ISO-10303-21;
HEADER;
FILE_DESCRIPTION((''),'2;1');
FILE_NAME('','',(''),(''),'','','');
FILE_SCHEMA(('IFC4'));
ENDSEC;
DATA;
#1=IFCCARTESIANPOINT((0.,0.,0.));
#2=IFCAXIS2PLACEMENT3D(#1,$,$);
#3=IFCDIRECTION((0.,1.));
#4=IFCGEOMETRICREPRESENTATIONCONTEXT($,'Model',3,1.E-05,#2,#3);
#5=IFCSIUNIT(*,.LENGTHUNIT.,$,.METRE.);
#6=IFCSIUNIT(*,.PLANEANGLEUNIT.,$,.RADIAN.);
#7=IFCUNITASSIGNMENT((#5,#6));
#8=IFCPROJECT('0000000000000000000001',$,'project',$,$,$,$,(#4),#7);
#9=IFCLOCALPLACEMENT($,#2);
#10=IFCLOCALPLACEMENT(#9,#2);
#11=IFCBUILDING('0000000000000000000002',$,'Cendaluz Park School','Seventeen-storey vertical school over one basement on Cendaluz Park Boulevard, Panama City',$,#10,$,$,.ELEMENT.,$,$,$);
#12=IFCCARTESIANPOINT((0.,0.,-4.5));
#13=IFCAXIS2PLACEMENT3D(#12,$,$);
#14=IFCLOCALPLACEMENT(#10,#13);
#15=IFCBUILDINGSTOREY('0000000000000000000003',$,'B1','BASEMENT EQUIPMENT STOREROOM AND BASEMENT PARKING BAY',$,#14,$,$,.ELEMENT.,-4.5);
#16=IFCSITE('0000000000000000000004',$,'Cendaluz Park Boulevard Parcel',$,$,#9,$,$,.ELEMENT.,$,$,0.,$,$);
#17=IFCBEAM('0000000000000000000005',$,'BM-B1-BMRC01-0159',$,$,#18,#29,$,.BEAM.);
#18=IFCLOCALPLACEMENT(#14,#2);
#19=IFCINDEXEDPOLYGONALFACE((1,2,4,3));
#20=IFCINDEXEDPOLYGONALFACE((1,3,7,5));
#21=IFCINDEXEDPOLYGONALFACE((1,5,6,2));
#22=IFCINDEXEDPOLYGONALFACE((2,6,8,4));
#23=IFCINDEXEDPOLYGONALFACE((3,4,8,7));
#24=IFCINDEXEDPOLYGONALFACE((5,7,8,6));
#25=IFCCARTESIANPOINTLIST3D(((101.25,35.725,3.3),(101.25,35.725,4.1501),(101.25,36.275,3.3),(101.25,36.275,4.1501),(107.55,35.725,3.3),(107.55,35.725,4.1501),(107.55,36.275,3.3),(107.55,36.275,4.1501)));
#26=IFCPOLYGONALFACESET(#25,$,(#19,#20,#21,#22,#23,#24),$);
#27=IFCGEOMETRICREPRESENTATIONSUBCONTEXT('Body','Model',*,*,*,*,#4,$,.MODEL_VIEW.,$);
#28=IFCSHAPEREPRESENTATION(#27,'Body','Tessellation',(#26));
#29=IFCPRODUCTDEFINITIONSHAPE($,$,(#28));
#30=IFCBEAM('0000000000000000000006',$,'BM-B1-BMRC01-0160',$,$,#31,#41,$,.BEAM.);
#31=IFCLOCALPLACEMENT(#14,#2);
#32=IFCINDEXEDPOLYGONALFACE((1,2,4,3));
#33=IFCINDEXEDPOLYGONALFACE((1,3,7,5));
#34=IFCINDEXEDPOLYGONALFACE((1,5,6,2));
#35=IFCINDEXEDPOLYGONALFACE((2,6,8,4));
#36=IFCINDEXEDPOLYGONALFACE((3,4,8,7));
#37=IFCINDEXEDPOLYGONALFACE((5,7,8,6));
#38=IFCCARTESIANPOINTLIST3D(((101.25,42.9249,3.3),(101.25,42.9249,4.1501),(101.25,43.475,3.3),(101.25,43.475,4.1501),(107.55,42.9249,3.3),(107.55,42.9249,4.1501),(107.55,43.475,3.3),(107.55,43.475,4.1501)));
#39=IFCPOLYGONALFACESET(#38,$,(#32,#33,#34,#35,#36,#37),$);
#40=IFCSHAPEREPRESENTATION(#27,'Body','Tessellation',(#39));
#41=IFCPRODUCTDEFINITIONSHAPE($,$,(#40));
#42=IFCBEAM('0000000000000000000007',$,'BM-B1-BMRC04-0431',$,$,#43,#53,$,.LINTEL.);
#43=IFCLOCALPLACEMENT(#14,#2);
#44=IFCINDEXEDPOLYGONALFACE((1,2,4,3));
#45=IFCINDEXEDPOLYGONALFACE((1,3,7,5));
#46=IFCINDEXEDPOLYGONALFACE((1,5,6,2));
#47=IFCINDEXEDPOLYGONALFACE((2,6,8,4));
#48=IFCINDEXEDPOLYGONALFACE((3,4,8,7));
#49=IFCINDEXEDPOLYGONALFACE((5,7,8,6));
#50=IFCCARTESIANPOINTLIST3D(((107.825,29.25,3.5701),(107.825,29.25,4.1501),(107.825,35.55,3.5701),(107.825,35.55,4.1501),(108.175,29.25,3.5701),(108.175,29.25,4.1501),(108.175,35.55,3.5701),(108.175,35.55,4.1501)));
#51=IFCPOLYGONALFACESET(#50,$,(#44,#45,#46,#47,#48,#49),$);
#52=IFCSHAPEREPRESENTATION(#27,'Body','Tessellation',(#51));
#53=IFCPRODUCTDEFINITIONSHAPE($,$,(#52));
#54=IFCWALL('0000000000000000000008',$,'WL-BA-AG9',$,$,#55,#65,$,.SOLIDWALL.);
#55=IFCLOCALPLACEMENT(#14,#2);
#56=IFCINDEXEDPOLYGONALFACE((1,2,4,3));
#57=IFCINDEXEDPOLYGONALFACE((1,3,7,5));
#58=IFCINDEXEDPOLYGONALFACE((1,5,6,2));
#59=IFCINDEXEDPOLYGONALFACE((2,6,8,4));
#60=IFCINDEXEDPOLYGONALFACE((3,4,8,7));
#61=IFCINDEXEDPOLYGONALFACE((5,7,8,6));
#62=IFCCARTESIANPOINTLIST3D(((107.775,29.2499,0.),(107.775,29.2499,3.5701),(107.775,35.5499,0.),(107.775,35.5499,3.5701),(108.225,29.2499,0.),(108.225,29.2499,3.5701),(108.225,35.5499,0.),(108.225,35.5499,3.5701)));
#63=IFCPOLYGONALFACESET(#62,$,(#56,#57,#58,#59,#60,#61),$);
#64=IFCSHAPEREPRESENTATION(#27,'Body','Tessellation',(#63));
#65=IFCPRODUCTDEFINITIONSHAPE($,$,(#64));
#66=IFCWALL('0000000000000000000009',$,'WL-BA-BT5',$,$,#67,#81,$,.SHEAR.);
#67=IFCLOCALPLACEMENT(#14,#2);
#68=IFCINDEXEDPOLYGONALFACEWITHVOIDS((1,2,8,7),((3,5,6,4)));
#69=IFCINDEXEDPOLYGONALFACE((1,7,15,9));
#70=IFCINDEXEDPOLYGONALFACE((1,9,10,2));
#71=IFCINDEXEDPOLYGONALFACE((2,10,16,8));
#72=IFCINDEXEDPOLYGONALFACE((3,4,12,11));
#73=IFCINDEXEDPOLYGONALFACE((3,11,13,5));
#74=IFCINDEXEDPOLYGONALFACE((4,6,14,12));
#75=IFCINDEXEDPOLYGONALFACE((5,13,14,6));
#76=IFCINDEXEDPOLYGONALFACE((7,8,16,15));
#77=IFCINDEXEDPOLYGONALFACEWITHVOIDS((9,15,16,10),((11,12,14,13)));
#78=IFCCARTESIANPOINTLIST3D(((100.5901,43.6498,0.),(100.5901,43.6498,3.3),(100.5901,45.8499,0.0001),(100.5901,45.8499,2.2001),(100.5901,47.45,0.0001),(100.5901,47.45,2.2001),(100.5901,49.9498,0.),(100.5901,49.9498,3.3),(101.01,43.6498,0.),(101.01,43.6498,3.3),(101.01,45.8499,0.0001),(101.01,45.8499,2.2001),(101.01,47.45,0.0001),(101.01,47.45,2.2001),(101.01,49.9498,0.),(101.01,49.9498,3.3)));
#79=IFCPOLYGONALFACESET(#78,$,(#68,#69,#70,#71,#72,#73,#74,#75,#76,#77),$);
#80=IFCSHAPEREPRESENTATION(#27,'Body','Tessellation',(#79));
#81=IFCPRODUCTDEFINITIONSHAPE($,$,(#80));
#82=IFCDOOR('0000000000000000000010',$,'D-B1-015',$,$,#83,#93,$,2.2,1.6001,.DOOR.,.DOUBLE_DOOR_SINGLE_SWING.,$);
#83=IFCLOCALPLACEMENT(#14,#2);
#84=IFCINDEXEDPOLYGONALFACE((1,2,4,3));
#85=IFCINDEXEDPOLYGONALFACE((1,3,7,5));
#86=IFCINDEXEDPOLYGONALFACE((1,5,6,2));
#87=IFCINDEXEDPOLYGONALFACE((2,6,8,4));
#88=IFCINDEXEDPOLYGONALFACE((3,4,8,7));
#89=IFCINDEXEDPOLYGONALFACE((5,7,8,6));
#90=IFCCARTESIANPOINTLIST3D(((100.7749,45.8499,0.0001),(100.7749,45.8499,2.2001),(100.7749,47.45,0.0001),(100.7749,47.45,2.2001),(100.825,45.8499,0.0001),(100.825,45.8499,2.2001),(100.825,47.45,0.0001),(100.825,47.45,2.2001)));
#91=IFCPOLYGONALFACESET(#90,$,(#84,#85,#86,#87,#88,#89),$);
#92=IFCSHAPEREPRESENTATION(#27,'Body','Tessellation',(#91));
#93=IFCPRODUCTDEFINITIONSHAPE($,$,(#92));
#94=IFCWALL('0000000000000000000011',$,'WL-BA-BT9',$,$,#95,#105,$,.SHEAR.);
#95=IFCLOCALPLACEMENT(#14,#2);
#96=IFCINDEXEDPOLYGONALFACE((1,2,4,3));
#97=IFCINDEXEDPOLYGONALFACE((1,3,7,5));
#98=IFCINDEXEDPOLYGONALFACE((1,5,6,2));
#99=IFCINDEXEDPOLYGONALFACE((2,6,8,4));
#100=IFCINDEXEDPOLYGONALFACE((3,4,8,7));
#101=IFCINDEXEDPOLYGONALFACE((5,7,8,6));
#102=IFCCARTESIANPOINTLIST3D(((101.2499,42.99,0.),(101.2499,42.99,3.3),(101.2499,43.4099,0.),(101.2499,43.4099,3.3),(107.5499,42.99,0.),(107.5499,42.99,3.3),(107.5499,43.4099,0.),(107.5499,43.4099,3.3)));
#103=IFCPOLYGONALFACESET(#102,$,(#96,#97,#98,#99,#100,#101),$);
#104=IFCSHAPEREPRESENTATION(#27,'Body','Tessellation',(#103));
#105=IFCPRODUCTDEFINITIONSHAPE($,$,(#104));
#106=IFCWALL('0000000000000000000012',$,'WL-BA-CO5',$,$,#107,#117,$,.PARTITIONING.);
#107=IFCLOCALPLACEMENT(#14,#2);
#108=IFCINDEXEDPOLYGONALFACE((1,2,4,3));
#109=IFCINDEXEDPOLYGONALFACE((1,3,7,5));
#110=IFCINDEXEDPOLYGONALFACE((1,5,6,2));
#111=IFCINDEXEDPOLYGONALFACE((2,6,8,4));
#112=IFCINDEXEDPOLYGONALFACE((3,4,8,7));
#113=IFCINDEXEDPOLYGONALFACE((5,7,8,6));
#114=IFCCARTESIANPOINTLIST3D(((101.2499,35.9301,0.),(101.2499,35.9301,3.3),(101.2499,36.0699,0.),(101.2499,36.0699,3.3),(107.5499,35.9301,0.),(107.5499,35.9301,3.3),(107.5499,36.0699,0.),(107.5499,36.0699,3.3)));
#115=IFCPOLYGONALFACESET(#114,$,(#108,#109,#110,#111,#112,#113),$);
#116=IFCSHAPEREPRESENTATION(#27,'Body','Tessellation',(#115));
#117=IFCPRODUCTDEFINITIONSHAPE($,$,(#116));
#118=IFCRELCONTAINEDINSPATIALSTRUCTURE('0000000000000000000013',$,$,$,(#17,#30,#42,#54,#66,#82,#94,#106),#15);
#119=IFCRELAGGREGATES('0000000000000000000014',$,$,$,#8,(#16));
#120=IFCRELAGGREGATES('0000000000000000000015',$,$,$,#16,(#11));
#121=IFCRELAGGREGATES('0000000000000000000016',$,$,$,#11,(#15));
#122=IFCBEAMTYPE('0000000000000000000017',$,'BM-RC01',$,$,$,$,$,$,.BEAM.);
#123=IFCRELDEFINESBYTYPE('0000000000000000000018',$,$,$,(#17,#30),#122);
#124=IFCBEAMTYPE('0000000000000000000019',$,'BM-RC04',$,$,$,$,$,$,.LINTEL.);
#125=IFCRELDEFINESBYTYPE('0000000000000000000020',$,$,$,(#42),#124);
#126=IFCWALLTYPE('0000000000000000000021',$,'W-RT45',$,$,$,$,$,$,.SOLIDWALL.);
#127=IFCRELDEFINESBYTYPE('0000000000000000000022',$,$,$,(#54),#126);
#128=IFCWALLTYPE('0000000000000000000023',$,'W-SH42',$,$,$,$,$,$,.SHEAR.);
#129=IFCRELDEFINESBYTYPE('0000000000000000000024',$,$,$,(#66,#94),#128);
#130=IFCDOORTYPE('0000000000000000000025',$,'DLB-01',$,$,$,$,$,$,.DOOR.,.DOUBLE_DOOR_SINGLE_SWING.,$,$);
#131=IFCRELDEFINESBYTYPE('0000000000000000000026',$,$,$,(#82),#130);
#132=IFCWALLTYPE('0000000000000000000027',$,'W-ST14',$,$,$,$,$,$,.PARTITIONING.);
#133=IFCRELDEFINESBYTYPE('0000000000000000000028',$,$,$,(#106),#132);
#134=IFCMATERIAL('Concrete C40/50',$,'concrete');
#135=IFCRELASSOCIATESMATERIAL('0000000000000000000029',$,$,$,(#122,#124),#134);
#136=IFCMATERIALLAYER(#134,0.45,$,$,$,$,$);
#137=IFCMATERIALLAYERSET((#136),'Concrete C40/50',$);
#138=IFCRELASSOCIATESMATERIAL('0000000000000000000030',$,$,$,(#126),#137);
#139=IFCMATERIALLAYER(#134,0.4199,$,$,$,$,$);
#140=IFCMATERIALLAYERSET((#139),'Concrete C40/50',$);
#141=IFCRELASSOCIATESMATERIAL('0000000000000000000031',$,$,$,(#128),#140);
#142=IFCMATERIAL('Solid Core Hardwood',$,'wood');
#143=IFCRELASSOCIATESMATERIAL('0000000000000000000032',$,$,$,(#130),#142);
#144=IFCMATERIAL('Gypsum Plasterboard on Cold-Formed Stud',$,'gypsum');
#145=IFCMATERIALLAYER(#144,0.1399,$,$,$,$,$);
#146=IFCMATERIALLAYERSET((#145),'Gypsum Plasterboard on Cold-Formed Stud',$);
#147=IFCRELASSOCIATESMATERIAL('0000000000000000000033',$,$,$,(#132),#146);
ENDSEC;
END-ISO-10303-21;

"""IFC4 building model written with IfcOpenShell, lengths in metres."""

from ifc_helpers import new_model, si_unit, direction, frame, frame_2d, origin, origin_2d, place, context, subcontext, project, spatial, rectangle, extrude, material, layer, layer_set, material_profile, profile_set, type_object, element, fill, save


model = new_model("IFC4")

# Units and contexts
model_context = context("Model", 3, precision=1e-05, world=origin(), true_north=direction((0.0, 1.0)))
body_context = subcontext(model_context, "Body", "Model", "MODEL_VIEW")
ifc_project = project(units=[si_unit("LENGTHUNIT", "METRE"), si_unit("PLANEANGLEUNIT", "RADIAN")], contexts=[model_context])

# Site, building, storey
site_placement = place(None, origin())
site = spatial("IfcSite", under=ifc_project, at=site_placement, Name="Cendaluz Park Boulevard Parcel", CompositionType="ELEMENT", RefElevation=0.0)
building_placement = place(site_placement, origin())
building = spatial("IfcBuilding", under=site, at=building_placement, Name="Cendaluz Park School", Description="Seventeen-storey vertical school over one basement on Cendaluz Park Boulevard, Panama City", CompositionType="ELEMENT")
storey_placement = place(building_placement, frame((0.0, 0.0, -4.5)))
storey = spatial("IfcBuildingStorey", under=building, at=storey_placement, Name="B1", Description="BASEMENT EQUIPMENT STOREROOM AND BASEMENT PARKING BAY", CompositionType="ELEMENT", Elevation=-4.5)

# Shared definitions
ifc_material_1 = material(Name="Concrete C40/50", Category="concrete")

# Beams
ifc_material_profile_1 = material_profile(ifc_material_1, rectangle(XDim=0.55, YDim=0.8501, at=origin_2d()), Name="RC 550x850", Category="concrete")
ifc_profile_set_1 = profile_set([ifc_material_profile_1], Name="Concrete C40/50")
beam_type_1 = type_object("IfcBeamType", Name="BM-RC01", PredefinedType="BEAM", material=ifc_profile_set_1)
for number, where, z_axis, x_axis, name in (
    (1, (101.25, 36.0, 3.7251), (1.0, 0.0, 0.0), (0.0, 1.0, 0.0), "BM-B1-BMRC01-0159"),
    (2, (101.25, 43.2, 3.7251), (1.0, 0.0, 0.0), (0.0, 1.0, 0.0), "BM-B1-BMRC01-0160"),
):
    element("IfcBeam", number, at=place(storey_placement, frame(where, z_axis=z_axis, x_axis=x_axis)), inside=storey, type_object=beam_type_1, Name=name, PredefinedType="BEAM", context=body_context, shape_type="SweptSolid", body=[
        extrude(rectangle(XDim=0.55, YDim=0.8501, at=origin_2d()), origin(), (0.0, 0.0, 1.0), 6.3),
    ])
ifc_material_profile_2 = material_profile(ifc_material_1, rectangle(XDim=0.3501, YDim=0.5801, at=origin_2d()), Name="RC 350x580", Category="concrete")
ifc_profile_set_2 = profile_set([ifc_material_profile_2], Name="Concrete C40/50")
beam_type_2 = type_object("IfcBeamType", Name="BM-RC04", PredefinedType="LINTEL", material=ifc_profile_set_2)
beam_placement = place(storey_placement, frame((108.0, 29.25, 3.8601), z_axis=(0.0, 1.0, 0.0), x_axis=(-1.0, 0.0, 0.0)))
element("IfcBeam", 3, at=beam_placement, inside=storey, type_object=beam_type_2, Name="BM-B1-BMRC04-0431", PredefinedType="LINTEL", context=body_context, shape_type="SweptSolid", body=[
    extrude(rectangle(XDim=0.3501, YDim=0.5801, at=origin_2d()), origin(), (0.0, 0.0, 1.0), 6.3),
])

# Shared definitions
ifc_material_2 = material(Name="Solid Core Hardwood", Category="wood")

# Wall
ifc_layer_1 = layer(ifc_material_1, 0.45)
ifc_layer_set_1 = layer_set([ifc_layer_1], Name="Concrete C40/50")
wall_type_1 = type_object("IfcWallType", Name="W-RT45", PredefinedType="SOLIDWALL", material=ifc_layer_set_1)
wall_1_placement = place(storey_placement, frame((108.0, 29.25, 0.0), z_axis=(0.0, 0.0, 1.0), x_axis=(0.0, 1.0, 0.0)))
element("IfcWall", 4, at=wall_1_placement, inside=storey, type_object=wall_type_1, Name="WL-BA-AG9", PredefinedType="SOLIDWALL", context=body_context, shape_type="SweptSolid", body=[
    extrude(rectangle(XDim=6.3, YDim=0.45, at=frame_2d((3.1499, 0.0))), origin(), (0.0, 0.0, 1.0), 3.5701),
])

# Wall, opening, door
ifc_layer_2 = layer(ifc_material_1, 0.4199)
ifc_layer_set_2 = layer_set([ifc_layer_2], Name="Concrete C40/50")
wall_type_2 = type_object("IfcWallType", Name="W-SH42", PredefinedType="SHEAR", material=ifc_layer_set_2)
wall_2_placement = place(storey_placement, frame((100.8, 43.6499, 0.0), z_axis=(0.0, 0.0, 1.0), x_axis=(0.0, 1.0, 0.0)))
wall_2 = element("IfcWall", 5, at=wall_2_placement, inside=storey, type_object=wall_type_2, Name="WL-BA-BT5", PredefinedType="SHEAR", context=body_context, shape_type="SweptSolid", body=[
    extrude(rectangle(XDim=6.3, YDim=0.4199, at=frame_2d((3.1499, 0.0))), origin(), (0.0, 0.0, 1.0), 3.3),
])
opening_1_placement = place(wall_2_placement, frame((2.2, 0.0, 0.0)))
opening_1 = element("IfcOpeningElement", 6, at=opening_1_placement, cuts=wall_2, PredefinedType="OPENING", context=body_context, shape_type="SweptSolid", body=[
    extrude(rectangle(XDim=1.6001, YDim=2.2, at=frame_2d((0.8, 1.1001))), frame((0.0, 0.2219, 0.0), z_axis=(0.0, -1.0, 0.0), x_axis=(1.0, 0.0, 0.0)), (0.0, 0.0, 1.0), 0.4438),
])
door_type_1 = type_object("IfcDoorType", Name="DLB-01", OperationType="DOUBLE_DOOR_SINGLE_SWING", PredefinedType="DOOR", material=ifc_material_2)
door_1_placement = place(opening_1_placement, frame((1.6001, 0.0, 0.0), z_axis=(0.0, 0.0, 1.0), x_axis=(-1.0, 0.0, 0.0)))
door_1 = element("IfcDoor", 7, at=door_1_placement, inside=storey, type_object=door_type_1, Name="D-B1-015", OperationType="DOUBLE_DOOR_SINGLE_SWING", OverallHeight=2.2, OverallWidth=1.6001, PredefinedType="DOOR", context=body_context, shape_type="SweptSolid", body=[
    extrude(rectangle(XDim=1.6001, YDim=2.2, at=frame_2d((0.8, 1.1001))), frame((0.0, 0.0249, 0.0), z_axis=(0.0, -1.0, 0.0), x_axis=(1.0, 0.0, 0.0)), (0.0, 0.0, 1.0), 0.05),
])
fill(opening_1, door_1)

# Walls
wall_3_placement = place(storey_placement, frame((101.25, 43.2, 0.0), z_axis=(0.0, 0.0, 1.0), x_axis=(1.0, 0.0, 0.0)))
element("IfcWall", 8, at=wall_3_placement, inside=storey, type_object=wall_type_2, Name="WL-BA-BT9", PredefinedType="SHEAR", context=body_context, shape_type="SweptSolid", body=[
    extrude(rectangle(XDim=6.3, YDim=0.4199, at=frame_2d((3.1499, 0.0))), origin(), (0.0, 0.0, 1.0), 3.3),
])
ifc_material_3 = material(Name="Gypsum Plasterboard on Cold-Formed Stud", Category="gypsum")
ifc_layer_3 = layer(ifc_material_3, 0.1399)
ifc_layer_set_3 = layer_set([ifc_layer_3], Name="Gypsum Plasterboard on Cold-Formed Stud")
wall_type_3 = type_object("IfcWallType", Name="W-ST14", PredefinedType="PARTITIONING", material=ifc_layer_set_3)
wall_4_placement = place(storey_placement, frame((101.25, 36.0, 0.0), z_axis=(0.0, 0.0, 1.0), x_axis=(1.0, 0.0, 0.0)))
element("IfcWall", 9, at=wall_4_placement, inside=storey, type_object=wall_type_3, Name="WL-BA-CO5", PredefinedType="PARTITIONING", context=body_context, shape_type="SweptSolid", body=[
    extrude(rectangle(XDim=6.3, YDim=0.1399, at=frame_2d((3.1499, 0.0))), origin(), (0.0, 0.0, 1.0), 3.3),
])

save(model, "model.ifc")
